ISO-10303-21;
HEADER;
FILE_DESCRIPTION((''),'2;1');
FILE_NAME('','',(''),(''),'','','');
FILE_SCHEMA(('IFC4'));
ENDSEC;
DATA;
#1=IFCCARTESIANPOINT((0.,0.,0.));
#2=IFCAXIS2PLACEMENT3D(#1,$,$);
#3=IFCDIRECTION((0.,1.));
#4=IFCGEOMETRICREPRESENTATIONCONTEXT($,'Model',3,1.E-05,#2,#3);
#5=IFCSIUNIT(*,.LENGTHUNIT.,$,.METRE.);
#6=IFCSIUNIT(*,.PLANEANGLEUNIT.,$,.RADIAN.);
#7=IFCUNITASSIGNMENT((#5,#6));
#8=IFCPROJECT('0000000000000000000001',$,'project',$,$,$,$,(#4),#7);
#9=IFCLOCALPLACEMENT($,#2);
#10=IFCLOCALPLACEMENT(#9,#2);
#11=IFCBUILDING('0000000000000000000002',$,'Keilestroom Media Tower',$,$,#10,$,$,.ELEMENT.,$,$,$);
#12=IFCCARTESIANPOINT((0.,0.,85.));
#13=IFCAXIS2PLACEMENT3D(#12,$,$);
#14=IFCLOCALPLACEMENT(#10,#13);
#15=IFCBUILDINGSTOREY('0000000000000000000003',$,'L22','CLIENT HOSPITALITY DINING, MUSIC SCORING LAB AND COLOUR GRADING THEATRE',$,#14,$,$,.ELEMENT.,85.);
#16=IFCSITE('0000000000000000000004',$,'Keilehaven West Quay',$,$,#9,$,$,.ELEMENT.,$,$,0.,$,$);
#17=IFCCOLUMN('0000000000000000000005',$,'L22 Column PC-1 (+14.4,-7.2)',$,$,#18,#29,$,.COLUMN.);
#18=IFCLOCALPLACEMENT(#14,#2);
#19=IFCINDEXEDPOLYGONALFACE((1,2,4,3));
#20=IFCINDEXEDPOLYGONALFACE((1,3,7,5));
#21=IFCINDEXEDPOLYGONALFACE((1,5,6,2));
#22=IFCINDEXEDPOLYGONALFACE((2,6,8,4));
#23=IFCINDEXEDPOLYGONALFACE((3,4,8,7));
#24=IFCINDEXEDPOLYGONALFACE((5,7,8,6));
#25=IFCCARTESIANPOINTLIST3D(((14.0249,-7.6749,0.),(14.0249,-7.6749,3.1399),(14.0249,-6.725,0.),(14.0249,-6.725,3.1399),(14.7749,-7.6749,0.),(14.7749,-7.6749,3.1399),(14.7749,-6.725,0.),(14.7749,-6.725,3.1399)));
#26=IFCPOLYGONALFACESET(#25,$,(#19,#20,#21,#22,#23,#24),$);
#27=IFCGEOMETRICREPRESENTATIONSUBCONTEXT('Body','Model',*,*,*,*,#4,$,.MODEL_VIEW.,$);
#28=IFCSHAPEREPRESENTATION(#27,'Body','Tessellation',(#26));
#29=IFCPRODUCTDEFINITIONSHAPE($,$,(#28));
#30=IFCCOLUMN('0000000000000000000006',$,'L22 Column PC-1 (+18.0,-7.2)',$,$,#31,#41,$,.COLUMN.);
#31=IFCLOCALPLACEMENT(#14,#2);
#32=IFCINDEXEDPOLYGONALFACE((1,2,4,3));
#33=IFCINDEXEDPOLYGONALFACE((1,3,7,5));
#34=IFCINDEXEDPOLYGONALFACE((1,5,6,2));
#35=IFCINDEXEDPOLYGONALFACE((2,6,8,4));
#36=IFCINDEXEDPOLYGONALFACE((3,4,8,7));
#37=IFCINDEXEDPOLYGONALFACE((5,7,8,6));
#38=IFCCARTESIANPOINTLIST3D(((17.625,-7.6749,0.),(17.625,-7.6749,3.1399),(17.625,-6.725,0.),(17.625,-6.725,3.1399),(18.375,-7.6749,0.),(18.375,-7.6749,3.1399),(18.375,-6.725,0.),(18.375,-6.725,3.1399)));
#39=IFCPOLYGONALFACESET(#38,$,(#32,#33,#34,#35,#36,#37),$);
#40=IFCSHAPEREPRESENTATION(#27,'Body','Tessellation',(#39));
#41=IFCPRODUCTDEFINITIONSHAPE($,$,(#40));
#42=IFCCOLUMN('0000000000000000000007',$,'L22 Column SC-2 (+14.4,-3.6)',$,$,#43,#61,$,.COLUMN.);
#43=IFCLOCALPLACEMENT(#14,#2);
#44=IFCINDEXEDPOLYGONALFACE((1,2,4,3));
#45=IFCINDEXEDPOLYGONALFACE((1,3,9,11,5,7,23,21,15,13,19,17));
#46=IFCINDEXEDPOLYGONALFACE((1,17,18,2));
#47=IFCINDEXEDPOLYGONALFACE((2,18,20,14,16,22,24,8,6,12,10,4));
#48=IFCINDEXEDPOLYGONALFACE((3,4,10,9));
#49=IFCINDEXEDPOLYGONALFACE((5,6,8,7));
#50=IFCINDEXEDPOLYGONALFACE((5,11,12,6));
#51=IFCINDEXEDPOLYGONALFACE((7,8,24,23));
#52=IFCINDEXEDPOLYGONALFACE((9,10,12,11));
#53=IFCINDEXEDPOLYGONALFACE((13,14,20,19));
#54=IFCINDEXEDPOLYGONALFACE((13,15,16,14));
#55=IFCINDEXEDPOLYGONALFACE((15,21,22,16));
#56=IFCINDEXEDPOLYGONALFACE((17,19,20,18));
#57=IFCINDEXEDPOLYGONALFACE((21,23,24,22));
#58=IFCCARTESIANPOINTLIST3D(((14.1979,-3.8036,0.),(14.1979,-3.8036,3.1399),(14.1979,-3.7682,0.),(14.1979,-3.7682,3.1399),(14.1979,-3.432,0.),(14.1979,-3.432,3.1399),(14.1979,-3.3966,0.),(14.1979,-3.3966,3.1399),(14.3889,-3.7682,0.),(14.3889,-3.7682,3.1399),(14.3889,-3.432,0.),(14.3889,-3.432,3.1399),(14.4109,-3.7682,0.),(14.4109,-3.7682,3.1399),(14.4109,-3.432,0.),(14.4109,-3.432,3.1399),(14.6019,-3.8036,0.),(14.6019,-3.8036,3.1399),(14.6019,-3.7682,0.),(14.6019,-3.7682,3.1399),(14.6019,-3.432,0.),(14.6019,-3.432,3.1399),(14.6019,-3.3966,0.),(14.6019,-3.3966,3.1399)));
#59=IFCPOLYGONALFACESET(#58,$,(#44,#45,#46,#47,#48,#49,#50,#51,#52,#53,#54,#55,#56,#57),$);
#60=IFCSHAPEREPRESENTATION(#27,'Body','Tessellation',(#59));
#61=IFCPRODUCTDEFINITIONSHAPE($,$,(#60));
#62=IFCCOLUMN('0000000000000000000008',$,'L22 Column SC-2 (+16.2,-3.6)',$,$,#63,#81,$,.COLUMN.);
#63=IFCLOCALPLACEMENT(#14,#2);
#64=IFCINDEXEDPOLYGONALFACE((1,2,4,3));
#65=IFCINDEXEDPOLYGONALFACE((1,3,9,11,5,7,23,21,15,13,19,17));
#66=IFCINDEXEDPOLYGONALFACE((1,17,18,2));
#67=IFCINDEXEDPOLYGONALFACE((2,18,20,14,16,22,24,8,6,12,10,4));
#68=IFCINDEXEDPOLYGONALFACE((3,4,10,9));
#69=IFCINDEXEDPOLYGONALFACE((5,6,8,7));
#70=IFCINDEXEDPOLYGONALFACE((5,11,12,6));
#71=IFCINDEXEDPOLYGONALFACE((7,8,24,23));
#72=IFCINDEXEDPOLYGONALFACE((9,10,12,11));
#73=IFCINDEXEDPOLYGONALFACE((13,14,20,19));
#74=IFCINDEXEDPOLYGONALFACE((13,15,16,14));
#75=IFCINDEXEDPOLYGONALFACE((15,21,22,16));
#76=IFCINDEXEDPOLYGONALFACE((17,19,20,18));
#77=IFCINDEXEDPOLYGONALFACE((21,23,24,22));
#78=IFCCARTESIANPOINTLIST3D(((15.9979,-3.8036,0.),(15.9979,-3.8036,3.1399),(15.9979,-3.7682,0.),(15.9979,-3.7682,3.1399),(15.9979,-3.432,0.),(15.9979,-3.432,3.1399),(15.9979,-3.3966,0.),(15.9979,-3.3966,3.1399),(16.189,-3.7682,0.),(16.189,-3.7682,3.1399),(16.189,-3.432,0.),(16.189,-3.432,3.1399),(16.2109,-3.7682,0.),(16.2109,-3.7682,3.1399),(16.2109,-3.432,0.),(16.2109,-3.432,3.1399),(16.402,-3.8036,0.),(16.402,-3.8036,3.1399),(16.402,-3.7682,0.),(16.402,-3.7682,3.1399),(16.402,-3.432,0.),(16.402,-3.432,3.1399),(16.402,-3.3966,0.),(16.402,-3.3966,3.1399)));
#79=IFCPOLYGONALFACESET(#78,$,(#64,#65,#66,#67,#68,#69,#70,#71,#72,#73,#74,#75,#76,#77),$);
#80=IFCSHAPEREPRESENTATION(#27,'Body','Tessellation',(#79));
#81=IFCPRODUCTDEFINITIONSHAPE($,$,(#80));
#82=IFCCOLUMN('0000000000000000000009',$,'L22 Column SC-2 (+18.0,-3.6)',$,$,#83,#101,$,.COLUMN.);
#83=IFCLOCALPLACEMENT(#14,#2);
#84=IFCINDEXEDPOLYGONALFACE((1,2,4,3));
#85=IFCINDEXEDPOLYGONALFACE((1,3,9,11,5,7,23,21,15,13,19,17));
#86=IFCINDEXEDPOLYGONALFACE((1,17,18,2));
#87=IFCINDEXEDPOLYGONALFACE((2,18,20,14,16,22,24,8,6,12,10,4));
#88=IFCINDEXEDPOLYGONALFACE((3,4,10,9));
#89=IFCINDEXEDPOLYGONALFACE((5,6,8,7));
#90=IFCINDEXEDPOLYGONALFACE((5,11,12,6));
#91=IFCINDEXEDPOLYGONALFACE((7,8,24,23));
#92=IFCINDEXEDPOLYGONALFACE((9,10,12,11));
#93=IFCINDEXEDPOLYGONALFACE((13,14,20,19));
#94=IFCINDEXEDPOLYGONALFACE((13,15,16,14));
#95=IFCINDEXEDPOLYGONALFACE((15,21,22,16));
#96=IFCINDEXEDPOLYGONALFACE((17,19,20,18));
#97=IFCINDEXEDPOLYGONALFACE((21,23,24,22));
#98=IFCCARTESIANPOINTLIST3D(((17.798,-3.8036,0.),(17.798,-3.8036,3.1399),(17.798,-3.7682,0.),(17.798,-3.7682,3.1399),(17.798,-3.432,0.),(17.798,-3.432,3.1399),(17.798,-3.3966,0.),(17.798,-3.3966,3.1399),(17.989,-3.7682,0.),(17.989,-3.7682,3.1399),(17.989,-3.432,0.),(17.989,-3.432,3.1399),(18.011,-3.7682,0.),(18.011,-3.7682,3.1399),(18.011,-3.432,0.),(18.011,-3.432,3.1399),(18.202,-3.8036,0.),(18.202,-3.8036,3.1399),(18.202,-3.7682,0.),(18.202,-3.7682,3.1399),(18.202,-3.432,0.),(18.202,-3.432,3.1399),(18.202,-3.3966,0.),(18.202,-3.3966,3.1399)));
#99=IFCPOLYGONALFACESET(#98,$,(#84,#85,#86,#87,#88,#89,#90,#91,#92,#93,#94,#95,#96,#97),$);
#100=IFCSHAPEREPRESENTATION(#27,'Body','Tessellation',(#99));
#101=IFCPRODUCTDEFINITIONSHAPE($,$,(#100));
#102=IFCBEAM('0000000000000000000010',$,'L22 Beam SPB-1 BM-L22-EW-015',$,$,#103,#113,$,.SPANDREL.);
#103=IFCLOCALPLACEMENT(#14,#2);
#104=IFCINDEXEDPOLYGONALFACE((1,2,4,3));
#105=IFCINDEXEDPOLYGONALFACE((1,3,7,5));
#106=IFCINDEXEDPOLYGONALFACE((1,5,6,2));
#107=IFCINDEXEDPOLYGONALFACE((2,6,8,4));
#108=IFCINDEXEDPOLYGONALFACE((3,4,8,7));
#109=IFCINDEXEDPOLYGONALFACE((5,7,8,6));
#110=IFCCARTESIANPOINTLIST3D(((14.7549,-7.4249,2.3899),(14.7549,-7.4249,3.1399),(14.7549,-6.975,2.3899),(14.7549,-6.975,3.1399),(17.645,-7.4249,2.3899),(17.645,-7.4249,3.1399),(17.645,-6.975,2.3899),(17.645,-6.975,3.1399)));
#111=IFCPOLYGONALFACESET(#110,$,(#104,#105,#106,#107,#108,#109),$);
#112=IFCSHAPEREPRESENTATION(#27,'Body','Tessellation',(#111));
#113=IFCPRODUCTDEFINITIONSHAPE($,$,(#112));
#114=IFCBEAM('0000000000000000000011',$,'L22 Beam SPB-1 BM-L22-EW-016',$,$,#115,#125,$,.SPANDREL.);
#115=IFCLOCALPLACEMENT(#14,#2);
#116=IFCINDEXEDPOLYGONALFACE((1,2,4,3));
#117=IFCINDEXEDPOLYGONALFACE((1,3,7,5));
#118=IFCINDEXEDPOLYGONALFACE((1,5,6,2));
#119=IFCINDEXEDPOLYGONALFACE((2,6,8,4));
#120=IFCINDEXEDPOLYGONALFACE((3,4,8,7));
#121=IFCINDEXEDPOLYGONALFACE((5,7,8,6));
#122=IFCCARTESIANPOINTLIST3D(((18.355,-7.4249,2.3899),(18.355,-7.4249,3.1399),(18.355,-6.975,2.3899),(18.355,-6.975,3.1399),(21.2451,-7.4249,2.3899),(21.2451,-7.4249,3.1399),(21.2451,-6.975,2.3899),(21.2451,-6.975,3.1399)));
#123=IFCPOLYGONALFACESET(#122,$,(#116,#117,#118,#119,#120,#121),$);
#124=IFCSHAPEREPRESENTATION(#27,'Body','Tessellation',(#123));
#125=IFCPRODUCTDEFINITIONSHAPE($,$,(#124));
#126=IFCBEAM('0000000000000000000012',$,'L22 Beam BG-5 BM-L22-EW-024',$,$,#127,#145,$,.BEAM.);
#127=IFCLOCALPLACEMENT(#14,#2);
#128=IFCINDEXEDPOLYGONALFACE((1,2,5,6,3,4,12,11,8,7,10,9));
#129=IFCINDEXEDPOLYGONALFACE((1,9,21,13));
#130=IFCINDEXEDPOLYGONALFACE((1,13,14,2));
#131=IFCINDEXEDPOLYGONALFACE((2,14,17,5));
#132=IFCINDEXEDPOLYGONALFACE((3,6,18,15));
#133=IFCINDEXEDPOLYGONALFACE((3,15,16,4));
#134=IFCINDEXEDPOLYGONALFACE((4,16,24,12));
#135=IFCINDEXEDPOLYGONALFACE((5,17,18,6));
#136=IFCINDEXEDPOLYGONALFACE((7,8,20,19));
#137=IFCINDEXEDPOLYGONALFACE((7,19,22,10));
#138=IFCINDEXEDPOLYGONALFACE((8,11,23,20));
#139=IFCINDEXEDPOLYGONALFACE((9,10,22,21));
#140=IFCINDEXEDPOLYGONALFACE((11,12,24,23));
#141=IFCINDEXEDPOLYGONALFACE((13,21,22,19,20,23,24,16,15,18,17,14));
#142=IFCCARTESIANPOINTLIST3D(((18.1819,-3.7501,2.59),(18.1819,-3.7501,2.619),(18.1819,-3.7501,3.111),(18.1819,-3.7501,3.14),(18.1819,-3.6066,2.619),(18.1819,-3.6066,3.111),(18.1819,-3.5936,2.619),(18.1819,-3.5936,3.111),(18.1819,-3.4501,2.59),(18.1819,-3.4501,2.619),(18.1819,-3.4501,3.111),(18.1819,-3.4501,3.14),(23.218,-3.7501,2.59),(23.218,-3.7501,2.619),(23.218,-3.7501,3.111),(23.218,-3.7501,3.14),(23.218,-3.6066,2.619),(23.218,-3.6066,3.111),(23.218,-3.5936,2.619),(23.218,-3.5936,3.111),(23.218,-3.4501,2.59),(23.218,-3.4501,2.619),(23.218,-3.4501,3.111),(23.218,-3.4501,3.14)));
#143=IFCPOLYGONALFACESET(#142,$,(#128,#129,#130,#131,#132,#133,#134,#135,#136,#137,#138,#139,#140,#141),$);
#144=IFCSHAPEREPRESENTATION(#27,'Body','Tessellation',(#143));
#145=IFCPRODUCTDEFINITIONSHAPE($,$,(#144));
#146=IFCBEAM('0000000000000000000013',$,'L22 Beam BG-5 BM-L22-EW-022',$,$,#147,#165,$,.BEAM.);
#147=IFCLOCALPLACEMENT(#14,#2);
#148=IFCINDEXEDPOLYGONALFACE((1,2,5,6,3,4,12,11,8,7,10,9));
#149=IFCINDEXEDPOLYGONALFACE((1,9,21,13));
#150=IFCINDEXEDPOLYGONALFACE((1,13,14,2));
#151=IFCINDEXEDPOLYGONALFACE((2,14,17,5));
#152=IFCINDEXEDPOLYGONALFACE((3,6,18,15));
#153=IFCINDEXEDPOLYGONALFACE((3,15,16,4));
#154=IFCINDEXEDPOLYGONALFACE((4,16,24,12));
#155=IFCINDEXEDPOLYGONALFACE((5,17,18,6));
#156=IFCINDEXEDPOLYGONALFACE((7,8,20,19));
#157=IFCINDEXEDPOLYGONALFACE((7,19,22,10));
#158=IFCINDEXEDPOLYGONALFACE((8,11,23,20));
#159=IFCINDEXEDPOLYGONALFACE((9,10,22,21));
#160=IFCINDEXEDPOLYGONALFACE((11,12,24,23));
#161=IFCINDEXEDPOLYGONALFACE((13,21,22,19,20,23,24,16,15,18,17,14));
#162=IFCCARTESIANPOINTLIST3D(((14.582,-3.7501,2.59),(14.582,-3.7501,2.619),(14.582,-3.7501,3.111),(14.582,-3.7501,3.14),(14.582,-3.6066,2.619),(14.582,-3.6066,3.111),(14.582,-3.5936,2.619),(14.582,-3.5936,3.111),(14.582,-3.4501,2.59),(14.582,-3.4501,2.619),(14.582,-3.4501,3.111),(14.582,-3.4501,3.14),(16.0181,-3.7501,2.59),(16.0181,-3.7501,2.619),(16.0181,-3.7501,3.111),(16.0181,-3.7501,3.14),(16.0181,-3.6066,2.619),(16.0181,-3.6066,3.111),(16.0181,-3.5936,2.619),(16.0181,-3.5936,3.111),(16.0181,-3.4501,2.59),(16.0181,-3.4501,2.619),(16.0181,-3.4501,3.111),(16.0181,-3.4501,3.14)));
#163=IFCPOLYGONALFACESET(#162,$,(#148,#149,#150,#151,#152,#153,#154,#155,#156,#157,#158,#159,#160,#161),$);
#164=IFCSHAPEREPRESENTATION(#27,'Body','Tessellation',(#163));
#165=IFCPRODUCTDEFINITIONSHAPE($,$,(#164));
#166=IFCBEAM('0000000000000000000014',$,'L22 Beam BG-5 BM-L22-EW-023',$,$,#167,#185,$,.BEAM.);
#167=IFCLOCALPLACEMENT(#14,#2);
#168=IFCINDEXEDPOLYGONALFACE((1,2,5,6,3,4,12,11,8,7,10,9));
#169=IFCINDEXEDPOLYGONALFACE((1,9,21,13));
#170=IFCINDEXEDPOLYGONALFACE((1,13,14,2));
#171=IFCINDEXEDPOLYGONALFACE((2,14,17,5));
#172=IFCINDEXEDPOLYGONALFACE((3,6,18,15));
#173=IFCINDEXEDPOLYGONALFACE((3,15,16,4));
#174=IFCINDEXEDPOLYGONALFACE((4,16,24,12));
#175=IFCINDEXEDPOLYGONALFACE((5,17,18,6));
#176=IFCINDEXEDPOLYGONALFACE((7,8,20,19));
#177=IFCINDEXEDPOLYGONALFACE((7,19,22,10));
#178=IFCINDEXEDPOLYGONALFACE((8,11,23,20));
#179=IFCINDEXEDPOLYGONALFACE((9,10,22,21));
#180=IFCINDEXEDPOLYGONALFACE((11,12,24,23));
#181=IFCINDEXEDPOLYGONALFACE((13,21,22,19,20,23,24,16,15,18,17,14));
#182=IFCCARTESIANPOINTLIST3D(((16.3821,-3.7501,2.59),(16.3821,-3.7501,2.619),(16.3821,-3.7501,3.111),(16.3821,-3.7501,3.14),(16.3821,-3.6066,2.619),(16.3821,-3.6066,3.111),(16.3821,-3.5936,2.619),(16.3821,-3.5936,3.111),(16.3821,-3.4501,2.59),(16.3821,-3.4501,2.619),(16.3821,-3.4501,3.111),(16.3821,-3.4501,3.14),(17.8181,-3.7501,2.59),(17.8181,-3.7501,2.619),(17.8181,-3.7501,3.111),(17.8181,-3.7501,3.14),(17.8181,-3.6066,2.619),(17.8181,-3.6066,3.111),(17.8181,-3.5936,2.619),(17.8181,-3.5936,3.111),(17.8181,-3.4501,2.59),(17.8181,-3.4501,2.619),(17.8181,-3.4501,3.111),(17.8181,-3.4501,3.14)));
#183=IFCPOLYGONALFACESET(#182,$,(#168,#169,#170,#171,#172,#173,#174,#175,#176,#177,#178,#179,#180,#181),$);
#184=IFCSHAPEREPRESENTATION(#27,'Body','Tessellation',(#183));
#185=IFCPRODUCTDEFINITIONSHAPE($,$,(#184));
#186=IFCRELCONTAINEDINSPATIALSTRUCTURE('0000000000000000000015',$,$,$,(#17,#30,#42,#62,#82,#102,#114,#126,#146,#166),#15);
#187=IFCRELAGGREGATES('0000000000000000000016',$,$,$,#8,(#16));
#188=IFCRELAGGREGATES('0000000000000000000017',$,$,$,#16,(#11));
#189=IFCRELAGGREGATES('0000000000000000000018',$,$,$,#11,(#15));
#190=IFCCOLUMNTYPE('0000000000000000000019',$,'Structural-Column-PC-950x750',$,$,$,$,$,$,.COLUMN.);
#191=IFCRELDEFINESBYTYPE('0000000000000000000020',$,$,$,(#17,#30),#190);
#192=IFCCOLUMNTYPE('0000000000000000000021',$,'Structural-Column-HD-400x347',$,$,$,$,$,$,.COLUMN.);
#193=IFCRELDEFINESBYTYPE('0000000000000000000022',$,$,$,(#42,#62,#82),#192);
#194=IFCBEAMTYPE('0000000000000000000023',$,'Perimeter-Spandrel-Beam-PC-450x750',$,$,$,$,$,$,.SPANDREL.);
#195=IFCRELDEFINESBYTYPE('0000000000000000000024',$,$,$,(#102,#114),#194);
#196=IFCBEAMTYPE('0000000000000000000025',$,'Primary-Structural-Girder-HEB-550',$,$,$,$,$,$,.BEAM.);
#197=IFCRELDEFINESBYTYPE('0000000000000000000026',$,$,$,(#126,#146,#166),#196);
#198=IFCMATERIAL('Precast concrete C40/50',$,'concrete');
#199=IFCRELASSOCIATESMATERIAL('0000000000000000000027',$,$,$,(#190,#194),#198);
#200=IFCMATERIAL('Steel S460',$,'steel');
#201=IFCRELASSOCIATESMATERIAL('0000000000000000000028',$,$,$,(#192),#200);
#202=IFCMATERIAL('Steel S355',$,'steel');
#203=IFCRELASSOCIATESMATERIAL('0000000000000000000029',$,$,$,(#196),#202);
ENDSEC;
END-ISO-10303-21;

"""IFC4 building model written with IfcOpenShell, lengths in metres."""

from ifc_helpers import new_model, si_unit, direction, frame, origin, origin_2d, place, context, subcontext, project, spatial, rectangle, i_section, extrude, source, transform, mapped, material, material_profile, profile_set, type_object, element, save


model = new_model("IFC4")

# Units and contexts
model_context = context("Model", 3, precision=1e-05, world=origin(), true_north=direction((0.0, 1.0)))
body_context = subcontext(model_context, "Body", "Model", "MODEL_VIEW")
ifc_project = project(units=[si_unit("LENGTHUNIT", "METRE"), si_unit("PLANEANGLEUNIT", "RADIAN")], contexts=[model_context])

# Site, building, storey
site_placement = place(None, origin())
site = spatial("IfcSite", under=ifc_project, at=site_placement, Name="Keilehaven West Quay", CompositionType="ELEMENT", RefElevation=0.0)
building_placement = place(site_placement, origin())
building = spatial("IfcBuilding", under=site, at=building_placement, Name="Keilestroom Media Tower", CompositionType="ELEMENT")
storey_placement = place(building_placement, frame((0.0, 0.0, 85.0)))
storey = spatial("IfcBuildingStorey", under=building, at=storey_placement, Name="L22", Description="CLIENT HOSPITALITY DINING, MUSIC SCORING LAB AND COLOUR GRADING THEATRE", CompositionType="ELEMENT", Elevation=85.0)

# Columns
ifc_material_1 = material(Name="Precast concrete C40/50", Category="concrete")
ifc_material_profile_1 = material_profile(ifc_material_1, rectangle(XDim=0.75, YDim=0.95, at=origin_2d()), Name="PC 950x750")
ifc_profile_set_1 = profile_set([ifc_material_profile_1], Name="Precast concrete C40/50")
column_type_1 = type_object("IfcColumnType", Name="Structural-Column-PC-950x750", PredefinedType="COLUMN", material=ifc_profile_set_1)
shared_shape_1 = source(origin(), body_context, "Body", "SweptSolid", [
    extrude(rectangle(XDim=0.75, YDim=0.95, at=origin_2d()), origin(), (0.0, 0.0, 1.0), 3.1399),
])
for number, where, z_axis, x_axis, name in (
    (1, (14.3999, -7.2, 0.0), (0.0, 0.0, 1.0), (1.0, 0.0, 0.0), "L22 Column PC-1 (+14.4,-7.2)"),
    (2, (18.0, -7.2, 0.0), (0.0, 0.0, 1.0), (1.0, 0.0, 0.0), "L22 Column PC-1 (+18.0,-7.2)"),
):
    element("IfcColumn", number, at=place(storey_placement, frame(where, z_axis=z_axis, x_axis=x_axis)), inside=storey, type_object=column_type_1, Name=name, PredefinedType="COLUMN", context=body_context, shape_type="MappedRepresentation", body=[
        mapped(shared_shape_1, transform((0.0, 0.0, 0.0), x_axis=(1.0, 0.0, 0.0), y_axis=(0.0, 1.0, 0.0), z_axis=(0.0, 0.0, 1.0), scale=1.0)),
    ])
ifc_material_2 = material(Name="Steel S460", Category="steel")
ifc_material_profile_2 = material_profile(ifc_material_2, i_section(OverallWidth=0.4041, OverallDepth=0.407, WebThickness=0.022, FlangeThickness=0.0354, at=origin_2d()), Name="HD 400x347")
ifc_profile_set_2 = profile_set([ifc_material_profile_2], Name="Steel S460")
column_type_2 = type_object("IfcColumnType", Name="Structural-Column-HD-400x347", PredefinedType="COLUMN", material=ifc_profile_set_2)
shared_shape_2 = source(origin(), body_context, "Body", "SweptSolid", [
    extrude(i_section(OverallWidth=0.4041, OverallDepth=0.407, WebThickness=0.022, FlangeThickness=0.0354, at=origin_2d()), origin(), (0.0, 0.0, 1.0), 3.1399),
])
for number, where, z_axis, x_axis, name in (
    (3, (14.3999, -3.6001, 0.0), (0.0, 0.0, 1.0), (1.0, 0.0, 0.0), "L22 Column SC-2 (+14.4,-3.6)"),
    (4, (16.2, -3.6001, 0.0), (0.0, 0.0, 1.0), (1.0, 0.0, 0.0), "L22 Column SC-2 (+16.2,-3.6)"),
    (5, (18.0, -3.6001, 0.0), (0.0, 0.0, 1.0), (1.0, 0.0, 0.0), "L22 Column SC-2 (+18.0,-3.6)"),
):
    element("IfcColumn", number, at=place(storey_placement, frame(where, z_axis=z_axis, x_axis=x_axis)), inside=storey, type_object=column_type_2, Name=name, PredefinedType="COLUMN", context=body_context, shape_type="MappedRepresentation", body=[
        mapped(shared_shape_2, transform((0.0, 0.0, 0.0), x_axis=(1.0, 0.0, 0.0), y_axis=(0.0, 1.0, 0.0), z_axis=(0.0, 0.0, 1.0), scale=1.0)),
    ])

# Beams
ifc_material_profile_3 = material_profile(ifc_material_1, rectangle(XDim=0.45, YDim=0.75, at=origin_2d()), Name="PC 450x750")
ifc_profile_set_3 = profile_set([ifc_material_profile_3], Name="Precast concrete C40/50")
beam_type_1 = type_object("IfcBeamType", Name="Perimeter-Spandrel-Beam-PC-450x750", PredefinedType="SPANDREL", material=ifc_profile_set_3)
shared_shape_3 = source(origin(), body_context, "Body", "SweptSolid", [
    extrude(rectangle(XDim=0.45, YDim=0.75, at=origin_2d()), origin(), (0.0, 0.0, 1.0), 2.8901),
])
for number, where, z_axis, x_axis, name in (
    (6, (14.7549, -7.2, 2.7649), (1.0, 0.0, 0.0), (0.0, 1.0, 0.0), "L22 Beam SPB-1 BM-L22-EW-015"),
    (7, (18.355, -7.2, 2.7649), (1.0, 0.0, 0.0), (0.0, 1.0, 0.0), "L22 Beam SPB-1 BM-L22-EW-016"),
):
    element("IfcBeam", number, at=place(storey_placement, frame(where, z_axis=z_axis, x_axis=x_axis)), inside=storey, type_object=beam_type_1, Name=name, PredefinedType="SPANDREL", context=body_context, shape_type="MappedRepresentation", body=[
        mapped(shared_shape_3, transform((0.0, 0.0, 0.0), x_axis=(1.0, 0.0, 0.0), y_axis=(0.0, 1.0, 0.0), z_axis=(0.0, 0.0, 1.0), scale=1.0)),
    ])
ifc_material_3 = material(Name="Steel S355", Category="steel")
ifc_material_profile_4 = material_profile(ifc_material_3, i_section(OverallWidth=0.3, OverallDepth=0.55, WebThickness=0.0129, FlangeThickness=0.0291, at=origin_2d()), Name="HEB 550")
ifc_profile_set_4 = profile_set([ifc_material_profile_4], Name="Steel S355")
beam_type_2 = type_object("IfcBeamType", Name="Primary-Structural-Girder-HEB-550", PredefinedType="BEAM", material=ifc_profile_set_4)
shared_shape_4 = source(origin(), body_context, "Body", "SweptSolid", [
    extrude(i_section(OverallWidth=0.3, OverallDepth=0.55, WebThickness=0.0129, FlangeThickness=0.0291, at=origin_2d()), origin(), (0.0, 0.0, 1.0), 5.0361),
])
beam_1_placement = place(storey_placement, frame((18.1819, -3.6001, 2.865), z_axis=(1.0, 0.0, 0.0), x_axis=(0.0, 1.0, 0.0)))
element("IfcBeam", 8, at=beam_1_placement, inside=storey, type_object=beam_type_2, Name="L22 Beam BG-5 BM-L22-EW-024", PredefinedType="BEAM", context=body_context, shape_type="MappedRepresentation", body=[
    mapped(shared_shape_4, transform((0.0, 0.0, 0.0), x_axis=(1.0, 0.0, 0.0), y_axis=(0.0, 1.0, 0.0), z_axis=(0.0, 0.0, 1.0), scale=1.0)),
])
shared_shape_5 = source(origin(), body_context, "Body", "SweptSolid", [
    extrude(i_section(OverallWidth=0.3, OverallDepth=0.55, WebThickness=0.0129, FlangeThickness=0.0291, at=origin_2d()), origin(), (0.0, 0.0, 1.0), 1.436),
])
for number, where, z_axis, x_axis, name in (
    (9, (14.582, -3.6001, 2.865), (1.0, 0.0, 0.0), (0.0, 1.0, 0.0), "L22 Beam BG-5 BM-L22-EW-022"),
    (10, (16.3821, -3.6001, 2.865), (1.0, 0.0, 0.0), (0.0, 1.0, 0.0), "L22 Beam BG-5 BM-L22-EW-023"),
):
    element("IfcBeam", number, at=place(storey_placement, frame(where, z_axis=z_axis, x_axis=x_axis)), inside=storey, type_object=beam_type_2, Name=name, PredefinedType="BEAM", context=body_context, shape_type="MappedRepresentation", body=[
        mapped(shared_shape_5, transform((0.0, 0.0, 0.0), x_axis=(1.0, 0.0, 0.0), y_axis=(0.0, 1.0, 0.0), z_axis=(0.0, 0.0, 1.0), scale=1.0)),
    ])

save(model, "model.ifc")
